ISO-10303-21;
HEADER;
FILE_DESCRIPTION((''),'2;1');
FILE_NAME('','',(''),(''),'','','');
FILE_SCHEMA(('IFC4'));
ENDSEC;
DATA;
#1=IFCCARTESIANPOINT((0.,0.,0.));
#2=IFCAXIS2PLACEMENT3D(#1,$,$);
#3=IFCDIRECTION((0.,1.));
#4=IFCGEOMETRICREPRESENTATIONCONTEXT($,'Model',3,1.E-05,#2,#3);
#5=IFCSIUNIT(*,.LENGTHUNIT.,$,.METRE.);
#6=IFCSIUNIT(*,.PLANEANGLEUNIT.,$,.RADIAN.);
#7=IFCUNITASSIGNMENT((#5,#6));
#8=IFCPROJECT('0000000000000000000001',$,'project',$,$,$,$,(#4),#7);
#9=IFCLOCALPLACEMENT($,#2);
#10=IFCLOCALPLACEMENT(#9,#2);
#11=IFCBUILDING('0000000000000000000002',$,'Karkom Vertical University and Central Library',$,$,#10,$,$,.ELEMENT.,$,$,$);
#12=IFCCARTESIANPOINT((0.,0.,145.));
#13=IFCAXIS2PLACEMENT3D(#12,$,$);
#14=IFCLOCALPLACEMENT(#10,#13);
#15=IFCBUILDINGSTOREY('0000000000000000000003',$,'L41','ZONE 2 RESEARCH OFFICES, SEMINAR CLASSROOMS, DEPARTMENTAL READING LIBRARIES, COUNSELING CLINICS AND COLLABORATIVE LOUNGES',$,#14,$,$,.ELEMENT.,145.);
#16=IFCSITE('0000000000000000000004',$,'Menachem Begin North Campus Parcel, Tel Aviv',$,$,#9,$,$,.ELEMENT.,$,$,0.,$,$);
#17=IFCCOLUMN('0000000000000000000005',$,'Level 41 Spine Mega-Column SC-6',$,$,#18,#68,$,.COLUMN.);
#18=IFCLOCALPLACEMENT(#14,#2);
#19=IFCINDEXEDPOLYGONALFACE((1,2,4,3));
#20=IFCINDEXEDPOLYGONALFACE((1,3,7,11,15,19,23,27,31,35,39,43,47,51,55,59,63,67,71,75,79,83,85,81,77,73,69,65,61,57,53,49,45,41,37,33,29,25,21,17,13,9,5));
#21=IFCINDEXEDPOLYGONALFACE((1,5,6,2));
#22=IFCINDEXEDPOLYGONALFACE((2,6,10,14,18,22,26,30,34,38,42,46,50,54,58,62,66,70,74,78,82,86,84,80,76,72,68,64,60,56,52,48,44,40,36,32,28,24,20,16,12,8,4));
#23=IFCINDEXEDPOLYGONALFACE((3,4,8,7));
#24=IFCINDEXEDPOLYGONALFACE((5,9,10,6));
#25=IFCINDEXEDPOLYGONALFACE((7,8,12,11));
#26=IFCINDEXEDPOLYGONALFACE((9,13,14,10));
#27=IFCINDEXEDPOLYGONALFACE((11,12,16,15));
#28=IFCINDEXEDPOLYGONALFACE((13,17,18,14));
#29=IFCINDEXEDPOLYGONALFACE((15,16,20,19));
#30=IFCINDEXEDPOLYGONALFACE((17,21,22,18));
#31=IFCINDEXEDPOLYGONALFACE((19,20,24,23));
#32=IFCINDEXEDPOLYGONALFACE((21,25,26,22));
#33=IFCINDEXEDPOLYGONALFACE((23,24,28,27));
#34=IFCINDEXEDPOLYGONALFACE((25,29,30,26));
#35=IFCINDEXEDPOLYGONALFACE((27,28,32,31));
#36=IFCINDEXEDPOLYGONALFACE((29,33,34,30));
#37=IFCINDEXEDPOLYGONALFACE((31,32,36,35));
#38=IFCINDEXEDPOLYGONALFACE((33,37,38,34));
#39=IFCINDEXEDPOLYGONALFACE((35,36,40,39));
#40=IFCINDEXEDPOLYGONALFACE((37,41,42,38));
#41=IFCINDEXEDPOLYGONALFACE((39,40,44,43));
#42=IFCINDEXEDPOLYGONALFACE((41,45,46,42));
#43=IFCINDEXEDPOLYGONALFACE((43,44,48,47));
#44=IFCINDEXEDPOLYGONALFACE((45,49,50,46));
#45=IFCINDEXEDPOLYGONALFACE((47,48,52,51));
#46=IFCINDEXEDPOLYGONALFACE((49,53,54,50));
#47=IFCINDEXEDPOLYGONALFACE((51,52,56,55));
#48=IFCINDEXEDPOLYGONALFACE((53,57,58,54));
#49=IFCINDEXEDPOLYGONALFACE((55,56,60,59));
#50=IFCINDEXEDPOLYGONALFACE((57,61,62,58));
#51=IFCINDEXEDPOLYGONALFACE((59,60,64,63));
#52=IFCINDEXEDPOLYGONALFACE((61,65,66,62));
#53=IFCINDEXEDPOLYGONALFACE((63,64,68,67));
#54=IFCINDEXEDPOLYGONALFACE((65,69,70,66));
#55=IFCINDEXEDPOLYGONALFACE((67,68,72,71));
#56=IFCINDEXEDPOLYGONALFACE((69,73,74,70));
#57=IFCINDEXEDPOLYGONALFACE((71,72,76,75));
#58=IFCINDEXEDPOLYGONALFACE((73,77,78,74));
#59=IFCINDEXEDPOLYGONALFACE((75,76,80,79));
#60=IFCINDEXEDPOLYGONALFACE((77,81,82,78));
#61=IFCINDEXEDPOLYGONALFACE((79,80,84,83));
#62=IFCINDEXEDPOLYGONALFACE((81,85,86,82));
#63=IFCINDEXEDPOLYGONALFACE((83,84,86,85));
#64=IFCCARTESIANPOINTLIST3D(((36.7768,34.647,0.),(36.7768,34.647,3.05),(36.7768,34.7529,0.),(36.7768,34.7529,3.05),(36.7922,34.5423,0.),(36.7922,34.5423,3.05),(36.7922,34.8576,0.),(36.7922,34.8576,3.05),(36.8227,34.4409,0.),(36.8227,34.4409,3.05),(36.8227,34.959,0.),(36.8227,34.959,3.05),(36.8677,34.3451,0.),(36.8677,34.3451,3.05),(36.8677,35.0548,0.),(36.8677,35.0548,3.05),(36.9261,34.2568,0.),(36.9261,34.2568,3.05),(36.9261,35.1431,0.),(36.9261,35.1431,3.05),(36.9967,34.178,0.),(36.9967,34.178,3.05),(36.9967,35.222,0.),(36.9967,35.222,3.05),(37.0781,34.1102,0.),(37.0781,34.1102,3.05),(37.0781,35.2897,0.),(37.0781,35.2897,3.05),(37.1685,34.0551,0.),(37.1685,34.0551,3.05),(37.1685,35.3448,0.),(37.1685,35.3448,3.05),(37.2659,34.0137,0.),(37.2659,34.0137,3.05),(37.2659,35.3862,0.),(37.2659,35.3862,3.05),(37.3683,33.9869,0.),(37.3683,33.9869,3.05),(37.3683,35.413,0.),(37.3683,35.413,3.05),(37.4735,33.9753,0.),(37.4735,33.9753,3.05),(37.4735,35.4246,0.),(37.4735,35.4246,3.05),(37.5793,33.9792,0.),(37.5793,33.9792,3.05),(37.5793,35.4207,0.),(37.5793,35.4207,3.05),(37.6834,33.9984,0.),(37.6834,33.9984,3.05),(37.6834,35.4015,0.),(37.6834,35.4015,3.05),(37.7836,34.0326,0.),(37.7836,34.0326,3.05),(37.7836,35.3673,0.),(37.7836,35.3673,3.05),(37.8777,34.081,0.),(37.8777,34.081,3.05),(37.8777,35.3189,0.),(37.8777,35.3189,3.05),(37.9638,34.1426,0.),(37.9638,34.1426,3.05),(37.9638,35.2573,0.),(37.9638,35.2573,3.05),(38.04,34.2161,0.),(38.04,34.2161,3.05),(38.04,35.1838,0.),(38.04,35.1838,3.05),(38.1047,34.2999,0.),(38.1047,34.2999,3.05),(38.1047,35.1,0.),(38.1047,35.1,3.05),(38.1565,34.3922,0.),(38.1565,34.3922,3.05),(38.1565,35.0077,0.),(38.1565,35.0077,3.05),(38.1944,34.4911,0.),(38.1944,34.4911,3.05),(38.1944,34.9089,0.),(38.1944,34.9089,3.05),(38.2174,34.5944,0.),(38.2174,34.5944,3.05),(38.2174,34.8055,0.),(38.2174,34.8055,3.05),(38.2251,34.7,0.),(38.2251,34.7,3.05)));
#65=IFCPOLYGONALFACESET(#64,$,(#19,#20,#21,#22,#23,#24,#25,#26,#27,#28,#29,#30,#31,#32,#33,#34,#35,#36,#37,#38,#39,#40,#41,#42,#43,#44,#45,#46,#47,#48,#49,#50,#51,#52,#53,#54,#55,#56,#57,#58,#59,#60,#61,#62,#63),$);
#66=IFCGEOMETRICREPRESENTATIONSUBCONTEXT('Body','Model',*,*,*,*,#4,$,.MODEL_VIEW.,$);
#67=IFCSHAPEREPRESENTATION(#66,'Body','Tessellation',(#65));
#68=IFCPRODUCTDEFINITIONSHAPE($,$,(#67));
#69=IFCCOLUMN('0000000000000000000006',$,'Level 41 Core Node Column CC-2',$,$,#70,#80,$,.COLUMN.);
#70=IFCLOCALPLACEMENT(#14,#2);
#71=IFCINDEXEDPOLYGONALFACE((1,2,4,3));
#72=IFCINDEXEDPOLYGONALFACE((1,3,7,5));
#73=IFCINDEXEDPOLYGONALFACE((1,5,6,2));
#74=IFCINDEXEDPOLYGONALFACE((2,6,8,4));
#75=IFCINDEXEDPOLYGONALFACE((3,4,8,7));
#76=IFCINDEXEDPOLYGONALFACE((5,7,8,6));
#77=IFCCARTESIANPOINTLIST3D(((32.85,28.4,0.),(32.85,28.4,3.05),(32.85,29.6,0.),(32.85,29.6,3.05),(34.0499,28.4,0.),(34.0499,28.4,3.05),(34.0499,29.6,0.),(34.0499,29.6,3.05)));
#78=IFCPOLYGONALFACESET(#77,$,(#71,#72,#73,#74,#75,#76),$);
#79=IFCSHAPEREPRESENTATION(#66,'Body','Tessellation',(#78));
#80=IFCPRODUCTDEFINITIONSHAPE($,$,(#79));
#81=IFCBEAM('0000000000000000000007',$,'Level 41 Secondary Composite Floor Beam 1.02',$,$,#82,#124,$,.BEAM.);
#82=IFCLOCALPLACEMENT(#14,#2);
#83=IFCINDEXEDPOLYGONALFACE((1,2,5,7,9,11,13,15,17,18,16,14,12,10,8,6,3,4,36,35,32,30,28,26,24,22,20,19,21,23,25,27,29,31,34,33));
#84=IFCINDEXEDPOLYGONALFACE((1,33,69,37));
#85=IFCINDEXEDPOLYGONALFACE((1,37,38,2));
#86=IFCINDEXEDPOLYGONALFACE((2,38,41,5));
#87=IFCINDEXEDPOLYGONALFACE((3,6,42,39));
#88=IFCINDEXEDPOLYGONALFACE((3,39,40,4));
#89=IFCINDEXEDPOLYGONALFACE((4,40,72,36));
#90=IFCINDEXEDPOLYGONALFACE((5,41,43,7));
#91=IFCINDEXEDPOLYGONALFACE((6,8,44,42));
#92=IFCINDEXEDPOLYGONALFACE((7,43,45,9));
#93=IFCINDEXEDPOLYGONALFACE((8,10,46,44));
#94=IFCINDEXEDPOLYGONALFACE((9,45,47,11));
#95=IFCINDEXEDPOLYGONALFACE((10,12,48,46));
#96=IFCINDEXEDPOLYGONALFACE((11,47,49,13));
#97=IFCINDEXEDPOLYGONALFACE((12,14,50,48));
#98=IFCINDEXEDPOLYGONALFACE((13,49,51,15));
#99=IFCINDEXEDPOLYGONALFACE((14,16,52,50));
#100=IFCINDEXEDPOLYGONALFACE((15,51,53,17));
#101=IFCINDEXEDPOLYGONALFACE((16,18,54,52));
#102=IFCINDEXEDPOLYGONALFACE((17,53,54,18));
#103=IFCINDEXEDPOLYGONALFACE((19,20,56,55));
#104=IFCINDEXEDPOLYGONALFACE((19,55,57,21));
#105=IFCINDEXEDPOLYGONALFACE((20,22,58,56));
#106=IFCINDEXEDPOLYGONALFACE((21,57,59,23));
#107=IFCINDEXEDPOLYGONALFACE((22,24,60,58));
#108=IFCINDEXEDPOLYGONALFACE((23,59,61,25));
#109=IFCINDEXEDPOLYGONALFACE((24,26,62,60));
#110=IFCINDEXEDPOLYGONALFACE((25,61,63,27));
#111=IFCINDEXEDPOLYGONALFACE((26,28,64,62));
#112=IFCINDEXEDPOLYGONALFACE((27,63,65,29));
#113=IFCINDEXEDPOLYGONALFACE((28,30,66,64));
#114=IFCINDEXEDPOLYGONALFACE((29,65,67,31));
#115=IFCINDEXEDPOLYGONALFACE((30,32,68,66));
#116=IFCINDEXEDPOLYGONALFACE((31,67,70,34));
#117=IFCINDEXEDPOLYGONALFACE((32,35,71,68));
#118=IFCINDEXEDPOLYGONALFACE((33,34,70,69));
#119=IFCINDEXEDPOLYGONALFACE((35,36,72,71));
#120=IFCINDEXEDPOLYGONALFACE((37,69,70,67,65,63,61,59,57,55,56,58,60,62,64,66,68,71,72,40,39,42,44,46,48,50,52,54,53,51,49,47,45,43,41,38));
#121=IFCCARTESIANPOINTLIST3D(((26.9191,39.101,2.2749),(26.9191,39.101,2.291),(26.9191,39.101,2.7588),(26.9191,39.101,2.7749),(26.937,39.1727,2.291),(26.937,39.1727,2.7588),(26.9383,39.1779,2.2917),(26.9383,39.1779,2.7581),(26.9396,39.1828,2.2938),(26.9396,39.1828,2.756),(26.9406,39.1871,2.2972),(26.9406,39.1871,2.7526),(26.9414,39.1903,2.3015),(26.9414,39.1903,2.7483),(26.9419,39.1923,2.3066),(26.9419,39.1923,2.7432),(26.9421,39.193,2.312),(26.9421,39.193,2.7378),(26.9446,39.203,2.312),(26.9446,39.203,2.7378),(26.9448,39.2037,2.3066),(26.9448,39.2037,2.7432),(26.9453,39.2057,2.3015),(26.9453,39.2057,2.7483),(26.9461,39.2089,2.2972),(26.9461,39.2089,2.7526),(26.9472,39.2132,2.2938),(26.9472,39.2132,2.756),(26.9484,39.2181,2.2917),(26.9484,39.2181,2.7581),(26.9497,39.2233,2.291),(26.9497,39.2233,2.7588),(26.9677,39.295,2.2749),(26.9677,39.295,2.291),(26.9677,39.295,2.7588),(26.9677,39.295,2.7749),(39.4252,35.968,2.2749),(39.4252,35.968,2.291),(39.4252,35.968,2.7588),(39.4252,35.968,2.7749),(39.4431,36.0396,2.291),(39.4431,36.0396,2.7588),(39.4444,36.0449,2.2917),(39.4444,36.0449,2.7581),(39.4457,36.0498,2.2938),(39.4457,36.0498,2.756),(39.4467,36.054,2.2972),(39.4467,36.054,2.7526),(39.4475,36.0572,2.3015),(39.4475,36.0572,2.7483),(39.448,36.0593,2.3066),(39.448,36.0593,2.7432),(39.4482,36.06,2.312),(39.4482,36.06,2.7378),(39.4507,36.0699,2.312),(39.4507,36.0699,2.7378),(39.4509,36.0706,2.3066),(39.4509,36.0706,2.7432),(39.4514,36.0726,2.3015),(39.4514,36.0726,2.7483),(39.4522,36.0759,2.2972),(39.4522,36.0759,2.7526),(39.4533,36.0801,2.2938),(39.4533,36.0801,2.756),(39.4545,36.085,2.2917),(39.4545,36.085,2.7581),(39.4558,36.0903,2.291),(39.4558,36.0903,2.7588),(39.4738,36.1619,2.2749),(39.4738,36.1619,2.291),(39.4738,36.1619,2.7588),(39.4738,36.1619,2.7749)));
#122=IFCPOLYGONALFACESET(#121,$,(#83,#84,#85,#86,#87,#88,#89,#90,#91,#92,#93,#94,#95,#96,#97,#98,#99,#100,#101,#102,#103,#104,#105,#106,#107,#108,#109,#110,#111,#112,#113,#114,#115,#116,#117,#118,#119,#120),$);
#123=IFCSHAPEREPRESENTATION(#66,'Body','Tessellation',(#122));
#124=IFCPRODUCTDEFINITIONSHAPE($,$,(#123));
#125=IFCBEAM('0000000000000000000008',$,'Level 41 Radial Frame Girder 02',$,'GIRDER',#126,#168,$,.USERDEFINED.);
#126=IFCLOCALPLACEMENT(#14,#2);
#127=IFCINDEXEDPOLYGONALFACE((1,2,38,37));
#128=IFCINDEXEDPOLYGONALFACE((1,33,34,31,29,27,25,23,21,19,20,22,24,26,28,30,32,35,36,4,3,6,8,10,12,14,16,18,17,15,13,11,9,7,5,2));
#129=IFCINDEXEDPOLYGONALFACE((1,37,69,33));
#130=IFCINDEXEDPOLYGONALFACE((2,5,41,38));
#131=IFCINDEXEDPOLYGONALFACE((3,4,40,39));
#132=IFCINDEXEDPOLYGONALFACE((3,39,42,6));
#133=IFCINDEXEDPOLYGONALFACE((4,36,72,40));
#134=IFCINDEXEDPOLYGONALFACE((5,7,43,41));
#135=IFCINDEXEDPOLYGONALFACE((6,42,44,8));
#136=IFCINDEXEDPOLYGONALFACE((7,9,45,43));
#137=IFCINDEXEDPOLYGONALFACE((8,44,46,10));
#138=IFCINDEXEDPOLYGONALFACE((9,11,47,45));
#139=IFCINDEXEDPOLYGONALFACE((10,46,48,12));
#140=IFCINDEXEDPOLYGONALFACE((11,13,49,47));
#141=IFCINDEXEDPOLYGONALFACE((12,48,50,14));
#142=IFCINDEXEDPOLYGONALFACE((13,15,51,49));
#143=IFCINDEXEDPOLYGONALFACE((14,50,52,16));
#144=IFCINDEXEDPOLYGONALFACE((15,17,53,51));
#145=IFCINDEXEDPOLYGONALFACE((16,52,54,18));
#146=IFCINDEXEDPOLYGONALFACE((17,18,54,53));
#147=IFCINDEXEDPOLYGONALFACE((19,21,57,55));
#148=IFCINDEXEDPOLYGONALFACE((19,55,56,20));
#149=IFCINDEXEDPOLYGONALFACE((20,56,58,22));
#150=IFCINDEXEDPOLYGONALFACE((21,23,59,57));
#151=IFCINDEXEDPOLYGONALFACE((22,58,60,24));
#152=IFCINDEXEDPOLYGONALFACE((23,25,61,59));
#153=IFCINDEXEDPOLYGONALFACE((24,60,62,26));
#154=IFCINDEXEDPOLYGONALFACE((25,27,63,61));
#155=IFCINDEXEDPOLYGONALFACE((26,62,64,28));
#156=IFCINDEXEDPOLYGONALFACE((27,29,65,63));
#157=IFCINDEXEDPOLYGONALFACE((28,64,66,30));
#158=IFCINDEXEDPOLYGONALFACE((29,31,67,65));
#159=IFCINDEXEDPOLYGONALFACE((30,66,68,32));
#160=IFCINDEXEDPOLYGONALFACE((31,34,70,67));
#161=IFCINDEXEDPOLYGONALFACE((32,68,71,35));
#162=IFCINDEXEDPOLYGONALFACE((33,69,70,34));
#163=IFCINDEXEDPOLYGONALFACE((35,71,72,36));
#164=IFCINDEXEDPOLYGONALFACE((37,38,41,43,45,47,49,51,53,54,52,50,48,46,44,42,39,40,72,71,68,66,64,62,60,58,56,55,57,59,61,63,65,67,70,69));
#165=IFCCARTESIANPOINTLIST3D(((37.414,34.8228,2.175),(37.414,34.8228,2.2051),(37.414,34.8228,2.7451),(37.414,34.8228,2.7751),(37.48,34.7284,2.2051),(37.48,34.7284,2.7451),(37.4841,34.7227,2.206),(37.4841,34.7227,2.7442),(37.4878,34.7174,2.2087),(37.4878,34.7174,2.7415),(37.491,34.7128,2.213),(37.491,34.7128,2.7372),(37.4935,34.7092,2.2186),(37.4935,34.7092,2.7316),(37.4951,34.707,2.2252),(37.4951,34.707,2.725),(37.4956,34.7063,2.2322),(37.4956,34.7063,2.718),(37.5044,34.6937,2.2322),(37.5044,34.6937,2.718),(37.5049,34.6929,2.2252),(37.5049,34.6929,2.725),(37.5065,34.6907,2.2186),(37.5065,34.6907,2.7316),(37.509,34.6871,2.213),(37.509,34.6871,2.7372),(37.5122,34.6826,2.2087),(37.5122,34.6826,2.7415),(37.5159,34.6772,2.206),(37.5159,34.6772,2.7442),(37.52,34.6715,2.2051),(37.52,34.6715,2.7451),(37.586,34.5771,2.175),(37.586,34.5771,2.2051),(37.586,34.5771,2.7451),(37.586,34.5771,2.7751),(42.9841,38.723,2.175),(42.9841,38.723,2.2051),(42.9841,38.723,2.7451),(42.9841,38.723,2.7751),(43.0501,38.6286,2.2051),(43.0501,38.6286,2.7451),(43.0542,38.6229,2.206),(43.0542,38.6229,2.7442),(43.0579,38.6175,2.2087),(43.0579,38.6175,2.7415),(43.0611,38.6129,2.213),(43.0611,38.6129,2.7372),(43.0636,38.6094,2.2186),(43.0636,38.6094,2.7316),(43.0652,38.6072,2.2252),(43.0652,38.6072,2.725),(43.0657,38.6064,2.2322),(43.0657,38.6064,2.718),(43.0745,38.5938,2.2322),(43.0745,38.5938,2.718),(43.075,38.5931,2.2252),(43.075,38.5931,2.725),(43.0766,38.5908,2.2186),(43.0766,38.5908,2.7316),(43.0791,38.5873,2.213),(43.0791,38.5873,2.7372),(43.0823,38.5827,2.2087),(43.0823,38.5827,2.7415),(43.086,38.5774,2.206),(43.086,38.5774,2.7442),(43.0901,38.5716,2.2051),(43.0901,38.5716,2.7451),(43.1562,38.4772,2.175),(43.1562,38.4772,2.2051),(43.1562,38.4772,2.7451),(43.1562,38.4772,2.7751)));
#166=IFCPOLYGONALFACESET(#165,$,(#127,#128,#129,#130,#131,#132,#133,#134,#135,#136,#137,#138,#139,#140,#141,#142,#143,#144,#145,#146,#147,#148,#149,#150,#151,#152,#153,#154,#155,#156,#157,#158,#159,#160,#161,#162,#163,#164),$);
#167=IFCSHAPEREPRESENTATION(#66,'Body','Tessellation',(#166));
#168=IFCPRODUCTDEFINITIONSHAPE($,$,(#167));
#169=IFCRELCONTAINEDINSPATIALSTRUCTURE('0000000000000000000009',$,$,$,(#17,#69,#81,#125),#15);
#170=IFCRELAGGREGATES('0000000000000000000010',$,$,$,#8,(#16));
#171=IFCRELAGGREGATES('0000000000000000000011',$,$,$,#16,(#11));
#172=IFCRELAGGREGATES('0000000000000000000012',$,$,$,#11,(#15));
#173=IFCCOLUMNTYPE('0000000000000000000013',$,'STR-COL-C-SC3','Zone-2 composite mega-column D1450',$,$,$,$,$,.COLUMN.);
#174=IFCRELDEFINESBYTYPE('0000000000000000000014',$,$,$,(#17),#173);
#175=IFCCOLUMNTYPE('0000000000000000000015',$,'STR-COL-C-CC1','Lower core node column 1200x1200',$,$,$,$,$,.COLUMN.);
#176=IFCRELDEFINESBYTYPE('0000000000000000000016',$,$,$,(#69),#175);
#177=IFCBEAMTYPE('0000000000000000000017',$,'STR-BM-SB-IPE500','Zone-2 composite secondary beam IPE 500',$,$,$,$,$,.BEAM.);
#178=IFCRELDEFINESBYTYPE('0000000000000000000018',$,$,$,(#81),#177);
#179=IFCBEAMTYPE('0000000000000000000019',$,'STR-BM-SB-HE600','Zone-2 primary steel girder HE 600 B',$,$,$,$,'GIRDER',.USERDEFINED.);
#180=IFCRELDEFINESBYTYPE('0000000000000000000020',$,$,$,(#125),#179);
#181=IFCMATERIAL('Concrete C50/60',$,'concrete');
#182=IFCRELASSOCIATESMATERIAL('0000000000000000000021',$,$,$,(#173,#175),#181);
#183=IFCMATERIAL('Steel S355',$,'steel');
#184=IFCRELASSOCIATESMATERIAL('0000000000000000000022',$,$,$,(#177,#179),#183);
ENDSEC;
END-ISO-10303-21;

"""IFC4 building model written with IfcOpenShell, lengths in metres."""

from ifc_helpers import new_model, si_unit, direction, frame, origin, origin_with_axes, origin_2d, place, context, subcontext, project, spatial, rectangle, circle, i_section, extrude, source, transform, mapped, material, material_profile, profile_set, type_object, element, save


model = new_model("IFC4")

# Units and contexts
model_context = context("Model", 3, precision=1e-05, world=origin(), true_north=direction((0.0, 1.0)))
body_context = subcontext(model_context, "Body", "Model", "MODEL_VIEW")
ifc_project = project(units=[si_unit("LENGTHUNIT", "METRE"), si_unit("PLANEANGLEUNIT", "RADIAN")], contexts=[model_context])

# Site, building, storey
site_placement = place(None, origin())
site = spatial("IfcSite", under=ifc_project, at=site_placement, Name="Menachem Begin North Campus Parcel, Tel Aviv", CompositionType="ELEMENT", RefElevation=0.0)
building_placement = place(site_placement, origin())
building = spatial("IfcBuilding", under=site, at=building_placement, Name="Karkom Vertical University and Central Library", CompositionType="ELEMENT")
storey_placement = place(building_placement, frame((0.0, 0.0, 145.0)))
storey = spatial("IfcBuildingStorey", under=building, at=storey_placement, Name="L41", Description="ZONE 2 RESEARCH OFFICES, SEMINAR CLASSROOMS, DEPARTMENTAL READING LIBRARIES, COUNSELING CLINICS AND COLLABORATIVE LOUNGES", CompositionType="ELEMENT", Elevation=145.0)

# Columns
ifc_material_1 = material(Name="Concrete C50/60", Category="concrete")
ifc_material_profile_1 = material_profile(ifc_material_1, circle(Radius=0.7251, at=origin_2d()), Name="CFT-D1450")
ifc_profile_set_1 = profile_set([ifc_material_profile_1], Name="Concrete C50/60")
column_type_1 = type_object("IfcColumnType", Name="STR-COL-C-SC3", Description="Zone-2 composite mega-column D1450", PredefinedType="COLUMN", material=ifc_profile_set_1)
shared_shape_1 = source(origin_with_axes(), body_context, "Body", "SweptSolid", [
    extrude(circle(Radius=0.7251, at=origin_2d()), origin(), (0.0, 0.0, 1.0), 3.05),
])
column_1_placement = place(storey_placement, frame((37.5, 34.7, 0.0), z_axis=(0.0, 0.0, 1.0), x_axis=(1.0, 0.0, 0.0)))
element("IfcColumn", 1, at=column_1_placement, inside=storey, type_object=column_type_1, Name="Level 41 Spine Mega-Column SC-6", PredefinedType="COLUMN", context=body_context, shape_type="MappedRepresentation", body=[
    mapped(shared_shape_1, transform((0.0, 0.0, 0.0), scale=1.0)),
])
ifc_material_profile_2 = material_profile(ifc_material_1, rectangle(XDim=1.2, YDim=1.2, at=origin_2d()), Name="RC-1200x1200")
ifc_profile_set_2 = profile_set([ifc_material_profile_2], Name="Concrete C50/60")
column_type_2 = type_object("IfcColumnType", Name="STR-COL-C-CC1", Description="Lower core node column 1200x1200", PredefinedType="COLUMN", material=ifc_profile_set_2)
shared_shape_2 = source(origin_with_axes(), body_context, "Body", "SweptSolid", [
    extrude(rectangle(XDim=1.2, YDim=1.2, at=origin_2d()), origin(), (0.0, 0.0, 1.0), 3.05),
])
column_2_placement = place(storey_placement, frame((33.45, 29.0, 0.0), z_axis=(0.0, 0.0, 1.0), x_axis=(1.0, 0.0, 0.0)))
element("IfcColumn", 2, at=column_2_placement, inside=storey, type_object=column_type_2, Name="Level 41 Core Node Column CC-2", PredefinedType="COLUMN", context=body_context, shape_type="MappedRepresentation", body=[
    mapped(shared_shape_2, transform((0.0, 0.0, 0.0), scale=1.0)),
])

# Beams
ifc_material_2 = material(Name="Steel S355", Category="steel")
ifc_material_profile_3 = material_profile(ifc_material_2, i_section(OverallWidth=0.2, OverallDepth=0.5, WebThickness=0.0103, FlangeThickness=0.0161, FilletRadius=0.021, at=origin_2d()), Name="IPE 500")
ifc_profile_set_3 = profile_set([ifc_material_profile_3], Name="Steel S355")
beam_type_1 = type_object("IfcBeamType", Name="STR-BM-SB-IPE500", Description="Zone-2 composite secondary beam IPE 500", PredefinedType="BEAM", material=ifc_profile_set_3)
shared_shape_3 = source(origin_with_axes(), body_context, "Body", "SweptSolid", [
    extrude(i_section(OverallWidth=0.2, OverallDepth=0.5, WebThickness=0.0103, FlangeThickness=0.0161, FilletRadius=0.021, at=origin_2d()), origin(), (0.0, 0.0, 1.0), 12.8926),
])
beam_1_placement = place(storey_placement, frame((39.4495, 36.0649, 2.5249), z_axis=(-0.970023, 0.243012, 0.0), x_axis=(-0.243012, -0.970023, 0.0)))
element("IfcBeam", 3, at=beam_1_placement, inside=storey, type_object=beam_type_1, Name="Level 41 Secondary Composite Floor Beam 1.02", PredefinedType="BEAM", context=body_context, shape_type="MappedRepresentation", body=[
    mapped(shared_shape_3, transform((0.0, 0.0, 0.0), scale=1.0)),
])
ifc_material_profile_4 = material_profile(ifc_material_2, i_section(OverallWidth=0.3, OverallDepth=0.6001, WebThickness=0.0154, FlangeThickness=0.03, FilletRadius=0.0271, at=origin_2d()), Name="HE 600 B")
ifc_profile_set_4 = profile_set([ifc_material_profile_4], Name="Steel S355")
beam_type_2 = type_object("IfcBeamType", Name="STR-BM-SB-HE600", Description="Zone-2 primary steel girder HE 600 B", ElementType="GIRDER", PredefinedType="USERDEFINED", material=ifc_profile_set_4)
shared_shape_4 = source(origin_with_axes(), body_context, "Body", "SweptSolid", [
    extrude(i_section(OverallWidth=0.3, OverallDepth=0.6001, WebThickness=0.0154, FlangeThickness=0.03, FilletRadius=0.0271, at=origin_2d()), origin(), (0.0, 0.0, 1.0), 6.7998),
])
beam_2_placement = place(storey_placement, frame((37.5, 34.7, 2.4751), z_axis=(0.819156, 0.573571, 0.0), x_axis=(-0.573571, 0.819156, 0.0)))
element("IfcBeam", 4, at=beam_2_placement, inside=storey, type_object=beam_type_2, Name="Level 41 Radial Frame Girder 02", ObjectType="GIRDER", PredefinedType="USERDEFINED", context=body_context, shape_type="MappedRepresentation", body=[
    mapped(shared_shape_4, transform((0.0, 0.0, 0.0), scale=1.0)),
])

save(model, "model.ifc")
